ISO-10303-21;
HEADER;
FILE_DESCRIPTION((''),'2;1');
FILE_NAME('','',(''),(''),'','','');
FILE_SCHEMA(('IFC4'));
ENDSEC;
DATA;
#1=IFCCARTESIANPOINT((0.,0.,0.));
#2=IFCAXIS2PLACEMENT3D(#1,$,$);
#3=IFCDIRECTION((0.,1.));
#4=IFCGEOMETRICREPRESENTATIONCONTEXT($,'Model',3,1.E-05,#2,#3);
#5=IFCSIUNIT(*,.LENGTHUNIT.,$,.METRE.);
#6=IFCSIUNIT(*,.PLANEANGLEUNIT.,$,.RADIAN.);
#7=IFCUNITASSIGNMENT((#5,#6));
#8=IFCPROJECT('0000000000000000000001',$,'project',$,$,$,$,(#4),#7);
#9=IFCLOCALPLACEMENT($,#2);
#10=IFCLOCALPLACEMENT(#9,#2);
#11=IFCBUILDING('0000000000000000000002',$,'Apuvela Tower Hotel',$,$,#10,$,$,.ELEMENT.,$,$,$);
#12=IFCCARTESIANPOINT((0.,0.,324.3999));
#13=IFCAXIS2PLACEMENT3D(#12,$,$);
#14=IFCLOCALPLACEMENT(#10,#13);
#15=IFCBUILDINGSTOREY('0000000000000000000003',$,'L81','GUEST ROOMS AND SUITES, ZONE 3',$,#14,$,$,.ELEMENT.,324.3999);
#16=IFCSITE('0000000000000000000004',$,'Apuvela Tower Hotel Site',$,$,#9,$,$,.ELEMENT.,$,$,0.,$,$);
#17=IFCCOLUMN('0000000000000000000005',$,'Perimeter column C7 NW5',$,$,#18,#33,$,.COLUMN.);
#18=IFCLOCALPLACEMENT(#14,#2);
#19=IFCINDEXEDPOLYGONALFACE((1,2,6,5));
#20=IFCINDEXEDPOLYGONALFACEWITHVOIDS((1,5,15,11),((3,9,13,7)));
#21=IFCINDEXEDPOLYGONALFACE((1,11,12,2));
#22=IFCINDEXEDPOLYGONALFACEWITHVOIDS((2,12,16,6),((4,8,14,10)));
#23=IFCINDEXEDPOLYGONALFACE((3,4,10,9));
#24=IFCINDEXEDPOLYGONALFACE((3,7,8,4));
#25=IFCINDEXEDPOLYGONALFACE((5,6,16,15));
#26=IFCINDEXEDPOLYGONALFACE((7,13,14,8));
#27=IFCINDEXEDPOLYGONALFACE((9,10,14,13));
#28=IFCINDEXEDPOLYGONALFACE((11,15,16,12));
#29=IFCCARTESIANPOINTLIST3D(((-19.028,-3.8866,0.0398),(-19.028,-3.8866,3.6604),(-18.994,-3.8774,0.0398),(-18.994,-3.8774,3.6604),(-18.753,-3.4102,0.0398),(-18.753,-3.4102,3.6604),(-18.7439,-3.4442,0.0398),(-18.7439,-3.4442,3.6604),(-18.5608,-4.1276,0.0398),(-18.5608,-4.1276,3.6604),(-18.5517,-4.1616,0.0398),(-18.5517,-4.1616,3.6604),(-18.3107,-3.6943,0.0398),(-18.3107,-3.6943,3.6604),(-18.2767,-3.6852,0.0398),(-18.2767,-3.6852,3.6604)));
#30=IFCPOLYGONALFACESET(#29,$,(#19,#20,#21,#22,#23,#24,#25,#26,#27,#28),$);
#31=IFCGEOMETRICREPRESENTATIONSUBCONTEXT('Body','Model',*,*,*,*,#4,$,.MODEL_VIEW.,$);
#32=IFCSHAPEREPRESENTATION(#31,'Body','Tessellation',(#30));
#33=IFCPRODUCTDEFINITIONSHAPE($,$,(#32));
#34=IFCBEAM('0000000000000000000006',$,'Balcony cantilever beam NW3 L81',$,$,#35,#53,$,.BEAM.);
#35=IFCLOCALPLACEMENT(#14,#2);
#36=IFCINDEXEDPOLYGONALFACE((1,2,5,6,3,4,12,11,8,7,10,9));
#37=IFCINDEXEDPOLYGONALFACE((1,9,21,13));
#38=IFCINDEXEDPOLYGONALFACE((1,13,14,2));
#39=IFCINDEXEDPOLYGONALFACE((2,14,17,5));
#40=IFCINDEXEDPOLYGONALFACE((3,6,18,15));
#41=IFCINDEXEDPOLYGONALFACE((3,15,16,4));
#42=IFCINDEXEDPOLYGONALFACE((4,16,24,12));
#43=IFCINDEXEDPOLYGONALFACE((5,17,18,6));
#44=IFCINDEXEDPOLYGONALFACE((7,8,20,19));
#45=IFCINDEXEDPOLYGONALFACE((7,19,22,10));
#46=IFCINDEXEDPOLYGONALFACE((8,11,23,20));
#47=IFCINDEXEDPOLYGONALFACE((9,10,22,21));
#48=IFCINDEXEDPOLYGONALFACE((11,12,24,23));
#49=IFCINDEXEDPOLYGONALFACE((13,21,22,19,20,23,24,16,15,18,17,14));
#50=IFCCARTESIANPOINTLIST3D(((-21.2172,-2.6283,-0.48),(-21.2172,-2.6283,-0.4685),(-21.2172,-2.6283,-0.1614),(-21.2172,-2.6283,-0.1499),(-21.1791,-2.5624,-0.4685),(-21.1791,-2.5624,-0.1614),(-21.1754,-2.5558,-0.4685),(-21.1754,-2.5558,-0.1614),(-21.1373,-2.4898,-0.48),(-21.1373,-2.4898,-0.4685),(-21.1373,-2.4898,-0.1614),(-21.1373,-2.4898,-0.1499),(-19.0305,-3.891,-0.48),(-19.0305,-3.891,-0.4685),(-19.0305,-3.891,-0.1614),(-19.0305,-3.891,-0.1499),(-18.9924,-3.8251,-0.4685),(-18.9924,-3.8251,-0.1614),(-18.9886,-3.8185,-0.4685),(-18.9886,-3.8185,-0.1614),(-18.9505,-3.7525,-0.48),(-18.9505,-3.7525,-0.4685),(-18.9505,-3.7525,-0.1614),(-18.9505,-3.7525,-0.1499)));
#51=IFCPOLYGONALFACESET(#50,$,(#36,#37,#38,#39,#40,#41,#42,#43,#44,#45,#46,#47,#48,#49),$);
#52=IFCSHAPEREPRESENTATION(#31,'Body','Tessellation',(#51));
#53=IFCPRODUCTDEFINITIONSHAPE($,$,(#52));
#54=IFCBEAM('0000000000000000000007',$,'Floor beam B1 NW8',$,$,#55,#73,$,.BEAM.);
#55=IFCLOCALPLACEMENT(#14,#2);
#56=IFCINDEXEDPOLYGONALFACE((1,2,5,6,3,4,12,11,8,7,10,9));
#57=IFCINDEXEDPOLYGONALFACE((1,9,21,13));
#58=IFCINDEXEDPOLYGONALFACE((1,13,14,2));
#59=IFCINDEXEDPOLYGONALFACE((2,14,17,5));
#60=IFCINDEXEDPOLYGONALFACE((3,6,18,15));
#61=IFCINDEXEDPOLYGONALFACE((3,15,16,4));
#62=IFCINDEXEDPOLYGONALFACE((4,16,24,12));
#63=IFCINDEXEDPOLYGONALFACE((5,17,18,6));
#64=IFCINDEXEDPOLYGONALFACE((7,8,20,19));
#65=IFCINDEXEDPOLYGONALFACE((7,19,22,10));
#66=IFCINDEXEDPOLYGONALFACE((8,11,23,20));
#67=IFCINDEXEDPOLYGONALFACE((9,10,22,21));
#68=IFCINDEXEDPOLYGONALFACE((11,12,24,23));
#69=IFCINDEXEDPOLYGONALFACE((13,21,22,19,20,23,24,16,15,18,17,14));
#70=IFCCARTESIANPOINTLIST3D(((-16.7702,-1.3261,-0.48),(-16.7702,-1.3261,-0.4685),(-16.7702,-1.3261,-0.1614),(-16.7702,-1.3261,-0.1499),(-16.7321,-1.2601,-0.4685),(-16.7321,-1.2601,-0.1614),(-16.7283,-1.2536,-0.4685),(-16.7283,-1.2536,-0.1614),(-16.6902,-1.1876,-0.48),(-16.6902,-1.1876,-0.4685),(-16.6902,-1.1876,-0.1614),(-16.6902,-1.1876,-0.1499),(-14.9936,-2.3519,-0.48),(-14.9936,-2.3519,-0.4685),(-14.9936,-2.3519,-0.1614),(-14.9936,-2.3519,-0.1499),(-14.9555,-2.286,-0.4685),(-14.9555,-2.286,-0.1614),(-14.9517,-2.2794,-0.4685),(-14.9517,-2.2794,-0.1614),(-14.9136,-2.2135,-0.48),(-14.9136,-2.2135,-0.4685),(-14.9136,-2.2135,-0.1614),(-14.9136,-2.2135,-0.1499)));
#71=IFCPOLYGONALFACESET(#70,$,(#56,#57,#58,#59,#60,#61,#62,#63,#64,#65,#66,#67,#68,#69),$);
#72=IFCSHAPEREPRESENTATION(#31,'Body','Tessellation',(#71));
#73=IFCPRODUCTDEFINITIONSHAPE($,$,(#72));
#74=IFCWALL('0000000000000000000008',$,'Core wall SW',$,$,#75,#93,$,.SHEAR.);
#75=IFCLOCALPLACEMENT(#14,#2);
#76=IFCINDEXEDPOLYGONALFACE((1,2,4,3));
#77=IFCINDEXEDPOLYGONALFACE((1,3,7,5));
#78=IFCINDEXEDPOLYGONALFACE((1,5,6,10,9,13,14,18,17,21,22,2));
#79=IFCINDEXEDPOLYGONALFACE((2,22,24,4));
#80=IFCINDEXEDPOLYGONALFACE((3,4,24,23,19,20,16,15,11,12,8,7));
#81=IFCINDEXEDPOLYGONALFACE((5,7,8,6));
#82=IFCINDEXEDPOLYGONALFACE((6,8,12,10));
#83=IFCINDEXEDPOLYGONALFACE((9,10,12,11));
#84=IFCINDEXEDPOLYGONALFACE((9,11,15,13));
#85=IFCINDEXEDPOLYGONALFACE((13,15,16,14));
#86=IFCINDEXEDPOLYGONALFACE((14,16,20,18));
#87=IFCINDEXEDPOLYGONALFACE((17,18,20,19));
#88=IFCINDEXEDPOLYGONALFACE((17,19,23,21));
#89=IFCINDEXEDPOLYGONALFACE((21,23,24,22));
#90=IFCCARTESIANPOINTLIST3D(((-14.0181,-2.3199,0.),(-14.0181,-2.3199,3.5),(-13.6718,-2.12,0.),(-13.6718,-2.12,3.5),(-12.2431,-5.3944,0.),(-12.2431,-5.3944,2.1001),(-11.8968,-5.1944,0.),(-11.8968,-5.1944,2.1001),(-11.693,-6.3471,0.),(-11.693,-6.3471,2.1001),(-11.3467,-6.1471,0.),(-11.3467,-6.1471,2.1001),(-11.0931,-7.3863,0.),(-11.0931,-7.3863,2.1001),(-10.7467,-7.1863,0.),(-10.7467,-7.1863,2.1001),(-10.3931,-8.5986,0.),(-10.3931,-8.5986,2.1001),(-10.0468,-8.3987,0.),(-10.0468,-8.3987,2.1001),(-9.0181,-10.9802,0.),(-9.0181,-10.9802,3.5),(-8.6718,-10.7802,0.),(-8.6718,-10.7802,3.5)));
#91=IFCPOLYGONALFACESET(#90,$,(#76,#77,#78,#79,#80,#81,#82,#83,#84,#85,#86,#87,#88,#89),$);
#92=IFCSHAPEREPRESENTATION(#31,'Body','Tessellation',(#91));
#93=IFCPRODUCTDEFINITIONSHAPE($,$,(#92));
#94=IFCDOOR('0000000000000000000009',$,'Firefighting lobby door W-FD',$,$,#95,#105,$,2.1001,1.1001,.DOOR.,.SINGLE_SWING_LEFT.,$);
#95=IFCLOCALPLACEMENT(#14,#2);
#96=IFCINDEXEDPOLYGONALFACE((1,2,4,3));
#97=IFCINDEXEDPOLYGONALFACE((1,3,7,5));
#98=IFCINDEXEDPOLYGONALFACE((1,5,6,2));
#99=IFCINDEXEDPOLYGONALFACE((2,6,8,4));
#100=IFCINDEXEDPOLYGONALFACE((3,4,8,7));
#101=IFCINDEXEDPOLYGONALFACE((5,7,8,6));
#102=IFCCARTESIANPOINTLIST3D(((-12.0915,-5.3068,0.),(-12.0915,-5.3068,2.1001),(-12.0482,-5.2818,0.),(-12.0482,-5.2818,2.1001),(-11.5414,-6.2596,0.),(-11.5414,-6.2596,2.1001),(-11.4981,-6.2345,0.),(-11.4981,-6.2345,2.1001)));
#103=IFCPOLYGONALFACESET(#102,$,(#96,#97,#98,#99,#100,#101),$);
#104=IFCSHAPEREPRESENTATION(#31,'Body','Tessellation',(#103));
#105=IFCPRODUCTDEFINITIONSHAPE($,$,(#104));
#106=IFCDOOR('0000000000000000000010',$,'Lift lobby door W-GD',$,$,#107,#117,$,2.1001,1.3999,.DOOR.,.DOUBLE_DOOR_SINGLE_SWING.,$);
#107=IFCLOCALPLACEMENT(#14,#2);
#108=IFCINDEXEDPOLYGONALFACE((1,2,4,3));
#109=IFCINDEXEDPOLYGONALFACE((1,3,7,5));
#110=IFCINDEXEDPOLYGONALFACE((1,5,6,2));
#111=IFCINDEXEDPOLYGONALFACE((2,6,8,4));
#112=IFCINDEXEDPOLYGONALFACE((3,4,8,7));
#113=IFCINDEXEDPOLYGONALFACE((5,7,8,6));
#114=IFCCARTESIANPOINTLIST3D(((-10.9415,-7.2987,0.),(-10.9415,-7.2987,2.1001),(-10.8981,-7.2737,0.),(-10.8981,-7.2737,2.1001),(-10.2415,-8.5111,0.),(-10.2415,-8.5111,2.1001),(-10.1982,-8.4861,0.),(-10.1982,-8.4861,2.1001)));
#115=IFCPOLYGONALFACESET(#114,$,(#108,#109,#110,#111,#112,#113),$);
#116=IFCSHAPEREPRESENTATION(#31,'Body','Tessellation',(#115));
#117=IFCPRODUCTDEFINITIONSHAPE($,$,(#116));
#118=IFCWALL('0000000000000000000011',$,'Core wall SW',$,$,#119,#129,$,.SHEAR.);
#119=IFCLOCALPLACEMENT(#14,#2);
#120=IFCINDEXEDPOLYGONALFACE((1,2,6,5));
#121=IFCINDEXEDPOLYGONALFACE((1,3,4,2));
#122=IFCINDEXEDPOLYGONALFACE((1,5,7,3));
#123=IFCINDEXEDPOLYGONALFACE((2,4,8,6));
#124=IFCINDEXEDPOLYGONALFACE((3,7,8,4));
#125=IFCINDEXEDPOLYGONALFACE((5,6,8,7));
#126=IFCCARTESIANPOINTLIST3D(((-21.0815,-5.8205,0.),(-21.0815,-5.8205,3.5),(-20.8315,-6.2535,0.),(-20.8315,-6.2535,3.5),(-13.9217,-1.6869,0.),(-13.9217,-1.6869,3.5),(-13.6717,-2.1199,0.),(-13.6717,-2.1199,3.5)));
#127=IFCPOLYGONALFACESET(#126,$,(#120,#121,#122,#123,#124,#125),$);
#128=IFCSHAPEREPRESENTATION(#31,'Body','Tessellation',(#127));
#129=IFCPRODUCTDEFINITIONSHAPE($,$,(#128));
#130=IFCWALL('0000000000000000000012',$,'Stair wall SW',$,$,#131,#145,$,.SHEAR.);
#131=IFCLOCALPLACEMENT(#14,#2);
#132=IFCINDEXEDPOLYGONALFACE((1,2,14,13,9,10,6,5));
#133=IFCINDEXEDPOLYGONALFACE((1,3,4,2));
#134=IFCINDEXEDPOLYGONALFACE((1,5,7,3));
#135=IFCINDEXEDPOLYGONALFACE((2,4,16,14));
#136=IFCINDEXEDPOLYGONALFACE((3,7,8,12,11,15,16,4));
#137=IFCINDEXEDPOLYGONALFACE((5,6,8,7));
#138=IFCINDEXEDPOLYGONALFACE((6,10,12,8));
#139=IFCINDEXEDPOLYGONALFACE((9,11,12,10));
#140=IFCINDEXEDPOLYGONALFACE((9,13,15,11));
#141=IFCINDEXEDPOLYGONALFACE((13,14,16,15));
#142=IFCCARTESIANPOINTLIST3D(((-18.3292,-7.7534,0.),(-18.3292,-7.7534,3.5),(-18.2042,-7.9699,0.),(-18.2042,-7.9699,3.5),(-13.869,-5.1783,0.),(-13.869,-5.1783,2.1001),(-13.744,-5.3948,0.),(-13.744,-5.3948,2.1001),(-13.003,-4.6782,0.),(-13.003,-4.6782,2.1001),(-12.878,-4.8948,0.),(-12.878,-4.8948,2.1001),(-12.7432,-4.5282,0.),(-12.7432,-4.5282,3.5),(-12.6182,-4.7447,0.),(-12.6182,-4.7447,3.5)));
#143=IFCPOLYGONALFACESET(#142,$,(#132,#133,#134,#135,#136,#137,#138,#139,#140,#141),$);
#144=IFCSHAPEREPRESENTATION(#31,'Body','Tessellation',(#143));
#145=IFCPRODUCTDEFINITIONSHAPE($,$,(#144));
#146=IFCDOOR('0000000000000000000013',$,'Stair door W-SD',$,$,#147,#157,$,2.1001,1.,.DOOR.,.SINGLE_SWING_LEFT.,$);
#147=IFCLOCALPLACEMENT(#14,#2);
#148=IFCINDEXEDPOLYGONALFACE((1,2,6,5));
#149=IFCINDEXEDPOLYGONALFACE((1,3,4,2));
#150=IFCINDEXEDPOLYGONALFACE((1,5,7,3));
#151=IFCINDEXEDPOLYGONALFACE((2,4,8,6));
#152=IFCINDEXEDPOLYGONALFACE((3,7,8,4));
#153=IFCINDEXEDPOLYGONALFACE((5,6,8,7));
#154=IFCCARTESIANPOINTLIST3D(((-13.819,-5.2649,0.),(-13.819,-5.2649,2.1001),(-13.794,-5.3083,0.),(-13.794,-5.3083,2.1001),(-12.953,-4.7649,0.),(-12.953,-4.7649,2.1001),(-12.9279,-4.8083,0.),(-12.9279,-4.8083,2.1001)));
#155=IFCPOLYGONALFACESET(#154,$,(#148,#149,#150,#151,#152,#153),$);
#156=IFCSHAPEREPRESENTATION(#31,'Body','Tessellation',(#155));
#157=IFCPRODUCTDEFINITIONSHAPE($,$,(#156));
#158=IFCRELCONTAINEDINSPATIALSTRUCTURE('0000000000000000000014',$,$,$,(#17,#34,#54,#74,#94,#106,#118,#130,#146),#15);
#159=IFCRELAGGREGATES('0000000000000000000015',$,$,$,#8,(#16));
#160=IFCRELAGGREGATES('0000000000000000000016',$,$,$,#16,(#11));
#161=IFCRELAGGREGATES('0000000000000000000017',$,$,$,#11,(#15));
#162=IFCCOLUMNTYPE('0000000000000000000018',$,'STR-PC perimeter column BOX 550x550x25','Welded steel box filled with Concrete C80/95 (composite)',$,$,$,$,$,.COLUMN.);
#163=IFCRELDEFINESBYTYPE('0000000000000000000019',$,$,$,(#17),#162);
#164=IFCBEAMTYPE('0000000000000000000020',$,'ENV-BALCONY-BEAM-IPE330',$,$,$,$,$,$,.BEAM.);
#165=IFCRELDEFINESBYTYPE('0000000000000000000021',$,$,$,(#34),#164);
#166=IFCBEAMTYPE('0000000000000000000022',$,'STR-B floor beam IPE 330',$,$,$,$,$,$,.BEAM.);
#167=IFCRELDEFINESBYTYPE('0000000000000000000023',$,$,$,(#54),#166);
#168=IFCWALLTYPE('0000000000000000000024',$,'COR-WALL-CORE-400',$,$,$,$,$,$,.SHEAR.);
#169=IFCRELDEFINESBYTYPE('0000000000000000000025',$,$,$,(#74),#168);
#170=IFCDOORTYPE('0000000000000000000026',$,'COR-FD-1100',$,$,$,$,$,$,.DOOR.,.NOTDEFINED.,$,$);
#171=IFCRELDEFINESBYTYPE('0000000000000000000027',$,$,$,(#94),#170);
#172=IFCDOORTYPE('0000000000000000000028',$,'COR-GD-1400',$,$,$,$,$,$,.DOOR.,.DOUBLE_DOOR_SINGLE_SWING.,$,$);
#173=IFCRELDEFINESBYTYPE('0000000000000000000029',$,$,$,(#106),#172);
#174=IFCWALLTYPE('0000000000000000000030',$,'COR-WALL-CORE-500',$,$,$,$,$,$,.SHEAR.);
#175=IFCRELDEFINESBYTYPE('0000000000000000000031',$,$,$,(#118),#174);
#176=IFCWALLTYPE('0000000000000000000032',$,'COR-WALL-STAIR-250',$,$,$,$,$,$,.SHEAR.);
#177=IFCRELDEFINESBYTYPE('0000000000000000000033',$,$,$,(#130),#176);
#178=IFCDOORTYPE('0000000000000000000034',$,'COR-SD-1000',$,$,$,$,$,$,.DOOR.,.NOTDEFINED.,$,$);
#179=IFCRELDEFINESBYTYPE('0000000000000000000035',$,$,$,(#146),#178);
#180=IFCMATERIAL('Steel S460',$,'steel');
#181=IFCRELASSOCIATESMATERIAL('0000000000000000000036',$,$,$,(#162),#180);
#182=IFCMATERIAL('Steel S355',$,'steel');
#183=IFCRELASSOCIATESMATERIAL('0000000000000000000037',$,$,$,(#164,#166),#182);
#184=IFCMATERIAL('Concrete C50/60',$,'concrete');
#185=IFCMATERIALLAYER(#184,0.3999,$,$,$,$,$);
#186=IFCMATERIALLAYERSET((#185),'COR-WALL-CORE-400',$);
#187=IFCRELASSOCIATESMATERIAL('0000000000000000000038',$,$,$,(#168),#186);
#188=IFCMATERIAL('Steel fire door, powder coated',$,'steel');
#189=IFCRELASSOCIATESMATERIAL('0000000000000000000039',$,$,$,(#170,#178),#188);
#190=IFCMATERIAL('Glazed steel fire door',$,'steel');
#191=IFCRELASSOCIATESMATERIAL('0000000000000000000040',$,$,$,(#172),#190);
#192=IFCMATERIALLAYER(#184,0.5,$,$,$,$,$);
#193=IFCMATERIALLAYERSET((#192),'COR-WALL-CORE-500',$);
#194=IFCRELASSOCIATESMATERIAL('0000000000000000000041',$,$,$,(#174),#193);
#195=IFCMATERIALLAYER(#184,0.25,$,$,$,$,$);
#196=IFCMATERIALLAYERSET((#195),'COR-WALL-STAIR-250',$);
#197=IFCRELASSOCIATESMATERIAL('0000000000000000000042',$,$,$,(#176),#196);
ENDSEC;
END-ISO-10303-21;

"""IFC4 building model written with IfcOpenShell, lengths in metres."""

from ifc_helpers import new_model, si_unit, direction, frame, frame_2d, origin, origin_2d, place, context, subcontext, project, spatial, rectangle, hollow_rectangle, i_section, extrude, boolean, halfspace, material, layer, layer_set, material_profile, profile_set, type_object, element, fill, save


model = new_model("IFC4")

# Units and contexts
model_context = context("Model", 3, precision=1e-05, world=origin(), true_north=direction((0.0, 1.0)))
body_context = subcontext(model_context, "Body", "Model", "MODEL_VIEW")
ifc_project = project(units=[si_unit("LENGTHUNIT", "METRE"), si_unit("PLANEANGLEUNIT", "RADIAN")], contexts=[model_context])

# Site, building, storey
site_placement = place(None, origin())
site = spatial("IfcSite", under=ifc_project, at=site_placement, Name="Apuvela Tower Hotel Site", CompositionType="ELEMENT", RefElevation=0.0)
building_placement = place(site_placement, origin())
building = spatial("IfcBuilding", under=site, at=building_placement, Name="Apuvela Tower Hotel", CompositionType="ELEMENT")
storey_placement = place(building_placement, frame((0.0, 0.0, 324.3999)))
storey = spatial("IfcBuildingStorey", under=building, at=storey_placement, Name="L81", Description="GUEST ROOMS AND SUITES, ZONE 3", CompositionType="ELEMENT", Elevation=324.3999)

# Column
ifc_material_1 = material(Name="Steel S460", Category="steel")
ifc_material_profile_1 = material_profile(ifc_material_1, hollow_rectangle(XDim=0.55, YDim=0.55, WallThickness=0.0249, at=origin_2d()), Name="BOX 550x550x25")
ifc_material_2 = material(Name="Concrete C80/95", Category="concrete")
ifc_material_profile_2 = material_profile(ifc_material_2, rectangle(XDim=0.5, YDim=0.5, at=origin_2d()), Name="Concrete C80/95 infill")
ifc_profile_set_1 = profile_set([ifc_material_profile_1, ifc_material_profile_2], Name="Steel S460")
column_type = type_object("IfcColumnType", Name="STR-PC perimeter column BOX 550x550x25", Description="Welded steel box filled with Concrete C80/95 (composite)", PredefinedType="COLUMN", material=ifc_profile_set_1)
column_placement = place(storey_placement, frame((-18.6523, -3.7859, 0.0), z_axis=(0.0, 0.0, 1.0), x_axis=(0.5, 0.866025, 0.0)))
element("IfcColumn", 1, at=column_placement, inside=storey, type_object=column_type, Name="Perimeter column C7 NW5", PredefinedType="COLUMN", context=body_context, shape_type="SweptSolid", body=[
    boolean("DIFFERENCE", boolean("DIFFERENCE", extrude(hollow_rectangle(XDim=0.55, YDim=0.55, WallThickness=0.0249, at=origin_2d()), origin(), (0.0, 0.0, 1.0), 3.7002), halfspace(frame((0.0, 0.0, 0.0398), z_axis=(0.0, 0.0, 1.0), x_axis=(1.0, 0.0, 0.0)), True)), halfspace(frame((0.0, 0.0, 3.6604), z_axis=(0.0, 0.0, 1.0), x_axis=(1.0, 0.0, 0.0)), False)),
])

# Beams
ifc_material_3 = material(Name="Steel S355", Category="steel")
ifc_material_profile_3 = material_profile(ifc_material_3, i_section(OverallWidth=0.1599, OverallDepth=0.3301, WebThickness=0.0076, FlangeThickness=0.0115, at=origin_2d()), Name="IPE 330")
ifc_profile_set_2 = profile_set([ifc_material_profile_3], Name="Steel S355")
beam_type_1 = type_object("IfcBeamType", Name="ENV-BALCONY-BEAM-IPE330", PredefinedType="BEAM", material=ifc_profile_set_2)
beam_1_placement = place(storey_placement, frame((-18.9905, -3.8218, -0.3149), z_axis=(-0.865997, 0.500049, 0.0), x_axis=(-0.500049, -0.865997, 0.0)))
element("IfcBeam", 2, at=beam_1_placement, inside=storey, type_object=beam_type_1, Name="Balcony cantilever beam NW3 L81", PredefinedType="BEAM", context=body_context, shape_type="SweptSolid", body=[
    extrude(i_section(OverallWidth=0.1599, OverallDepth=0.3301, WebThickness=0.0076, FlangeThickness=0.0115, at=origin_2d()), origin(), (0.0, 0.0, 1.0), 2.5251),
])
ifc_material_profile_4 = material_profile(ifc_material_3, i_section(OverallWidth=0.1599, OverallDepth=0.3301, WebThickness=0.0076, FlangeThickness=0.0115, at=origin_2d()), Name="IPE 330")
ifc_profile_set_3 = profile_set([ifc_material_profile_4], Name="Steel S355")
beam_type_2 = type_object("IfcBeamType", Name="STR-B floor beam IPE 330", PredefinedType="BEAM", material=ifc_profile_set_3)
beam_2_placement = place(storey_placement, frame((-16.7302, -1.2568, -0.3149), z_axis=(0.865993, -0.500056, 0.0), x_axis=(0.500056, 0.865993, 0.0)))
element("IfcBeam", 3, at=beam_2_placement, inside=storey, type_object=beam_type_2, Name="Floor beam B1 NW8", PredefinedType="BEAM", context=body_context, shape_type="SweptSolid", body=[
    extrude(i_section(OverallWidth=0.1599, OverallDepth=0.3301, WebThickness=0.0076, FlangeThickness=0.0115, at=origin_2d()), origin(), (0.0, 0.0, 1.0), 2.0515),
])

# Wall, openings, doors
ifc_material_4 = material(Name="Concrete C50/60", Category="concrete")
ifc_layer_1 = layer(ifc_material_4, 0.3999)
ifc_layer_set_1 = layer_set([ifc_layer_1], Name="COR-WALL-CORE-400")
wall_type_1 = type_object("IfcWallType", Name="COR-WALL-CORE-400", PredefinedType="SHEAR", material=ifc_layer_set_1)
wall_1_placement = place(storey_placement, frame((-13.845, -2.22, 0.0), z_axis=(0.0, 0.0, 1.0), x_axis=(0.500004, -0.866023, 0.0)))
wall_1 = element("IfcWall", 4, at=wall_1_placement, inside=storey, type_object=wall_type_1, Name="Core wall SW", PredefinedType="SHEAR", context=body_context, shape_type="SweptSolid", body=[
    extrude(rectangle(XDim=10.0, YDim=0.3999, at=frame_2d((5.0, 0.0))), origin(), (0.0, 0.0, 1.0), 3.5),
])
opening_1_placement = place(wall_1_placement, frame((3.55, 0.0, 0.0)))
opening_1 = element("IfcOpeningElement", 5, at=opening_1_placement, cuts=wall_1, PredefinedType="OPENING", context=body_context, shape_type="SweptSolid", body=[
    extrude(rectangle(XDim=1.1001, YDim=2.1001, at=frame_2d((0.55, 1.05))), frame((0.0, 0.21, 0.0), z_axis=(0.0, -1.0, 0.0), x_axis=(1.0, 0.0, 0.0)), (0.0, 0.0, 1.0), 0.4199),
])
opening_2_placement = place(wall_1_placement, frame((5.8501, 0.0, 0.0)))
opening_2 = element("IfcOpeningElement", 6, at=opening_2_placement, cuts=wall_1, PredefinedType="OPENING", context=body_context, shape_type="SweptSolid", body=[
    extrude(rectangle(XDim=1.3999, YDim=2.1001, at=frame_2d((0.7, 1.05))), frame((0.0, 0.21, 0.0), z_axis=(0.0, -1.0, 0.0), x_axis=(1.0, 0.0, 0.0)), (0.0, 0.0, 1.0), 0.4199),
])
ifc_material_5 = material(Name="Steel fire door, powder coated", Category="steel")
door_type_1 = type_object("IfcDoorType", Name="COR-FD-1100", OperationType="NOTDEFINED", PredefinedType="DOOR", material=ifc_material_5)
door_1_placement = place(opening_1_placement, frame((1.1001, 0.0, 0.0), z_axis=(0.0, 0.0, 1.0), x_axis=(-1.0, 0.0, 0.0)))
door_1 = element("IfcDoor", 7, at=door_1_placement, inside=storey, type_object=door_type_1, Name="Firefighting lobby door W-FD", OperationType="SINGLE_SWING_LEFT", OverallHeight=2.1001, OverallWidth=1.1001, PredefinedType="DOOR", context=body_context, shape_type="SweptSolid", body=[
    extrude(rectangle(XDim=1.1001, YDim=2.1001, at=frame_2d((0.55, 1.05))), frame((0.0, 0.0249, 0.0), z_axis=(0.0, -1.0, 0.0), x_axis=(1.0, 0.0, 0.0)), (0.0, 0.0, 1.0), 0.05),
])
fill(opening_1, door_1)
ifc_material_6 = material(Name="Glazed steel fire door", Category="steel")
door_type_2 = type_object("IfcDoorType", Name="COR-GD-1400", OperationType="DOUBLE_DOOR_SINGLE_SWING", PredefinedType="DOOR", material=ifc_material_6)
door_2_placement = place(opening_2_placement, frame((1.3999, 0.0, 0.0), z_axis=(0.0, 0.0, 1.0), x_axis=(-1.0, 0.0, 0.0)))
door_2 = element("IfcDoor", 8, at=door_2_placement, inside=storey, type_object=door_type_2, Name="Lift lobby door W-GD", OperationType="DOUBLE_DOOR_SINGLE_SWING", OverallHeight=2.1001, OverallWidth=1.3999, PredefinedType="DOOR", context=body_context, shape_type="SweptSolid", body=[
    extrude(rectangle(XDim=1.3999, YDim=2.1001, at=frame_2d((0.7, 1.05))), frame((0.0, 0.0249, 0.0), z_axis=(0.0, -1.0, 0.0), x_axis=(1.0, 0.0, 0.0)), (0.0, 0.0, 1.0), 0.05),
])
fill(opening_2, door_2)

# Wall
ifc_layer_2 = layer(ifc_material_4, 0.5)
ifc_layer_set_2 = layer_set([ifc_layer_2], Name="COR-WALL-CORE-500")
wall_type_2 = type_object("IfcWallType", Name="COR-WALL-CORE-500", PredefinedType="SHEAR", material=ifc_layer_set_2)
wall_2_placement = place(storey_placement, frame((-13.7966, -1.9033, 0.0), z_axis=(0.0, 0.0, 1.0), x_axis=(-0.86603, -0.499992, 0.0)))
element("IfcWall", 9, at=wall_2_placement, inside=storey, type_object=wall_type_2, Name="Core wall SW", PredefinedType="SHEAR", context=body_context, shape_type="SweptSolid", body=[
    extrude(rectangle(XDim=8.2673, YDim=0.5, at=frame_2d((4.1338, 0.0))), origin(), (0.0, 0.0, 1.0), 3.5),
])

# Wall, opening, door
ifc_layer_3 = layer(ifc_material_4, 0.25)
ifc_layer_set_3 = layer_set([ifc_layer_3], Name="COR-WALL-STAIR-250")
wall_type_3 = type_object("IfcWallType", Name="COR-WALL-STAIR-250", PredefinedType="SHEAR", material=ifc_layer_set_3)
wall_3_placement = place(storey_placement, frame((-12.6807, -4.6365, 0.0), z_axis=(0.0, 0.0, 1.0), x_axis=(-0.866022, -0.500006, 0.0)))
wall_3 = element("IfcWall", 10, at=wall_3_placement, inside=storey, type_object=wall_type_3, Name="Stair wall SW", PredefinedType="SHEAR", context=body_context, shape_type="SweptSolid", body=[
    extrude(rectangle(XDim=6.4502, YDim=0.25, at=frame_2d((3.2251, 0.0))), origin(), (0.0, 0.0, 1.0), 3.5),
])
opening_3_placement = place(wall_3_placement, frame((0.3, 0.0, 0.0)))
opening_3 = element("IfcOpeningElement", 11, at=opening_3_placement, cuts=wall_3, PredefinedType="OPENING", context=body_context, shape_type="SweptSolid", body=[
    extrude(rectangle(XDim=1.0, YDim=2.1001, at=frame_2d((0.5, 1.05))), frame((0.0, 0.135, 0.0), z_axis=(0.0, -1.0, 0.0), x_axis=(1.0, 0.0, 0.0)), (0.0, 0.0, 1.0), 0.27),
])
door_type_3 = type_object("IfcDoorType", Name="COR-SD-1000", OperationType="NOTDEFINED", PredefinedType="DOOR", material=ifc_material_5)
door_3_placement = place(opening_3_placement, frame((1.0, 0.0, 0.0), z_axis=(0.0, 0.0, 1.0), x_axis=(-1.0, 0.0, 0.0)))
door_3 = element("IfcDoor", 12, at=door_3_placement, inside=storey, type_object=door_type_3, Name="Stair door W-SD", OperationType="SINGLE_SWING_LEFT", OverallHeight=2.1001, OverallWidth=1.0, PredefinedType="DOOR", context=body_context, shape_type="SweptSolid", body=[
    extrude(rectangle(XDim=1.0, YDim=2.1001, at=frame_2d((0.5, 1.05))), frame((0.0, 0.0249, 0.0), z_axis=(0.0, -1.0, 0.0), x_axis=(1.0, 0.0, 0.0)), (0.0, 0.0, 1.0), 0.05),
])
fill(opening_3, door_3)

save(model, "model.ifc")
